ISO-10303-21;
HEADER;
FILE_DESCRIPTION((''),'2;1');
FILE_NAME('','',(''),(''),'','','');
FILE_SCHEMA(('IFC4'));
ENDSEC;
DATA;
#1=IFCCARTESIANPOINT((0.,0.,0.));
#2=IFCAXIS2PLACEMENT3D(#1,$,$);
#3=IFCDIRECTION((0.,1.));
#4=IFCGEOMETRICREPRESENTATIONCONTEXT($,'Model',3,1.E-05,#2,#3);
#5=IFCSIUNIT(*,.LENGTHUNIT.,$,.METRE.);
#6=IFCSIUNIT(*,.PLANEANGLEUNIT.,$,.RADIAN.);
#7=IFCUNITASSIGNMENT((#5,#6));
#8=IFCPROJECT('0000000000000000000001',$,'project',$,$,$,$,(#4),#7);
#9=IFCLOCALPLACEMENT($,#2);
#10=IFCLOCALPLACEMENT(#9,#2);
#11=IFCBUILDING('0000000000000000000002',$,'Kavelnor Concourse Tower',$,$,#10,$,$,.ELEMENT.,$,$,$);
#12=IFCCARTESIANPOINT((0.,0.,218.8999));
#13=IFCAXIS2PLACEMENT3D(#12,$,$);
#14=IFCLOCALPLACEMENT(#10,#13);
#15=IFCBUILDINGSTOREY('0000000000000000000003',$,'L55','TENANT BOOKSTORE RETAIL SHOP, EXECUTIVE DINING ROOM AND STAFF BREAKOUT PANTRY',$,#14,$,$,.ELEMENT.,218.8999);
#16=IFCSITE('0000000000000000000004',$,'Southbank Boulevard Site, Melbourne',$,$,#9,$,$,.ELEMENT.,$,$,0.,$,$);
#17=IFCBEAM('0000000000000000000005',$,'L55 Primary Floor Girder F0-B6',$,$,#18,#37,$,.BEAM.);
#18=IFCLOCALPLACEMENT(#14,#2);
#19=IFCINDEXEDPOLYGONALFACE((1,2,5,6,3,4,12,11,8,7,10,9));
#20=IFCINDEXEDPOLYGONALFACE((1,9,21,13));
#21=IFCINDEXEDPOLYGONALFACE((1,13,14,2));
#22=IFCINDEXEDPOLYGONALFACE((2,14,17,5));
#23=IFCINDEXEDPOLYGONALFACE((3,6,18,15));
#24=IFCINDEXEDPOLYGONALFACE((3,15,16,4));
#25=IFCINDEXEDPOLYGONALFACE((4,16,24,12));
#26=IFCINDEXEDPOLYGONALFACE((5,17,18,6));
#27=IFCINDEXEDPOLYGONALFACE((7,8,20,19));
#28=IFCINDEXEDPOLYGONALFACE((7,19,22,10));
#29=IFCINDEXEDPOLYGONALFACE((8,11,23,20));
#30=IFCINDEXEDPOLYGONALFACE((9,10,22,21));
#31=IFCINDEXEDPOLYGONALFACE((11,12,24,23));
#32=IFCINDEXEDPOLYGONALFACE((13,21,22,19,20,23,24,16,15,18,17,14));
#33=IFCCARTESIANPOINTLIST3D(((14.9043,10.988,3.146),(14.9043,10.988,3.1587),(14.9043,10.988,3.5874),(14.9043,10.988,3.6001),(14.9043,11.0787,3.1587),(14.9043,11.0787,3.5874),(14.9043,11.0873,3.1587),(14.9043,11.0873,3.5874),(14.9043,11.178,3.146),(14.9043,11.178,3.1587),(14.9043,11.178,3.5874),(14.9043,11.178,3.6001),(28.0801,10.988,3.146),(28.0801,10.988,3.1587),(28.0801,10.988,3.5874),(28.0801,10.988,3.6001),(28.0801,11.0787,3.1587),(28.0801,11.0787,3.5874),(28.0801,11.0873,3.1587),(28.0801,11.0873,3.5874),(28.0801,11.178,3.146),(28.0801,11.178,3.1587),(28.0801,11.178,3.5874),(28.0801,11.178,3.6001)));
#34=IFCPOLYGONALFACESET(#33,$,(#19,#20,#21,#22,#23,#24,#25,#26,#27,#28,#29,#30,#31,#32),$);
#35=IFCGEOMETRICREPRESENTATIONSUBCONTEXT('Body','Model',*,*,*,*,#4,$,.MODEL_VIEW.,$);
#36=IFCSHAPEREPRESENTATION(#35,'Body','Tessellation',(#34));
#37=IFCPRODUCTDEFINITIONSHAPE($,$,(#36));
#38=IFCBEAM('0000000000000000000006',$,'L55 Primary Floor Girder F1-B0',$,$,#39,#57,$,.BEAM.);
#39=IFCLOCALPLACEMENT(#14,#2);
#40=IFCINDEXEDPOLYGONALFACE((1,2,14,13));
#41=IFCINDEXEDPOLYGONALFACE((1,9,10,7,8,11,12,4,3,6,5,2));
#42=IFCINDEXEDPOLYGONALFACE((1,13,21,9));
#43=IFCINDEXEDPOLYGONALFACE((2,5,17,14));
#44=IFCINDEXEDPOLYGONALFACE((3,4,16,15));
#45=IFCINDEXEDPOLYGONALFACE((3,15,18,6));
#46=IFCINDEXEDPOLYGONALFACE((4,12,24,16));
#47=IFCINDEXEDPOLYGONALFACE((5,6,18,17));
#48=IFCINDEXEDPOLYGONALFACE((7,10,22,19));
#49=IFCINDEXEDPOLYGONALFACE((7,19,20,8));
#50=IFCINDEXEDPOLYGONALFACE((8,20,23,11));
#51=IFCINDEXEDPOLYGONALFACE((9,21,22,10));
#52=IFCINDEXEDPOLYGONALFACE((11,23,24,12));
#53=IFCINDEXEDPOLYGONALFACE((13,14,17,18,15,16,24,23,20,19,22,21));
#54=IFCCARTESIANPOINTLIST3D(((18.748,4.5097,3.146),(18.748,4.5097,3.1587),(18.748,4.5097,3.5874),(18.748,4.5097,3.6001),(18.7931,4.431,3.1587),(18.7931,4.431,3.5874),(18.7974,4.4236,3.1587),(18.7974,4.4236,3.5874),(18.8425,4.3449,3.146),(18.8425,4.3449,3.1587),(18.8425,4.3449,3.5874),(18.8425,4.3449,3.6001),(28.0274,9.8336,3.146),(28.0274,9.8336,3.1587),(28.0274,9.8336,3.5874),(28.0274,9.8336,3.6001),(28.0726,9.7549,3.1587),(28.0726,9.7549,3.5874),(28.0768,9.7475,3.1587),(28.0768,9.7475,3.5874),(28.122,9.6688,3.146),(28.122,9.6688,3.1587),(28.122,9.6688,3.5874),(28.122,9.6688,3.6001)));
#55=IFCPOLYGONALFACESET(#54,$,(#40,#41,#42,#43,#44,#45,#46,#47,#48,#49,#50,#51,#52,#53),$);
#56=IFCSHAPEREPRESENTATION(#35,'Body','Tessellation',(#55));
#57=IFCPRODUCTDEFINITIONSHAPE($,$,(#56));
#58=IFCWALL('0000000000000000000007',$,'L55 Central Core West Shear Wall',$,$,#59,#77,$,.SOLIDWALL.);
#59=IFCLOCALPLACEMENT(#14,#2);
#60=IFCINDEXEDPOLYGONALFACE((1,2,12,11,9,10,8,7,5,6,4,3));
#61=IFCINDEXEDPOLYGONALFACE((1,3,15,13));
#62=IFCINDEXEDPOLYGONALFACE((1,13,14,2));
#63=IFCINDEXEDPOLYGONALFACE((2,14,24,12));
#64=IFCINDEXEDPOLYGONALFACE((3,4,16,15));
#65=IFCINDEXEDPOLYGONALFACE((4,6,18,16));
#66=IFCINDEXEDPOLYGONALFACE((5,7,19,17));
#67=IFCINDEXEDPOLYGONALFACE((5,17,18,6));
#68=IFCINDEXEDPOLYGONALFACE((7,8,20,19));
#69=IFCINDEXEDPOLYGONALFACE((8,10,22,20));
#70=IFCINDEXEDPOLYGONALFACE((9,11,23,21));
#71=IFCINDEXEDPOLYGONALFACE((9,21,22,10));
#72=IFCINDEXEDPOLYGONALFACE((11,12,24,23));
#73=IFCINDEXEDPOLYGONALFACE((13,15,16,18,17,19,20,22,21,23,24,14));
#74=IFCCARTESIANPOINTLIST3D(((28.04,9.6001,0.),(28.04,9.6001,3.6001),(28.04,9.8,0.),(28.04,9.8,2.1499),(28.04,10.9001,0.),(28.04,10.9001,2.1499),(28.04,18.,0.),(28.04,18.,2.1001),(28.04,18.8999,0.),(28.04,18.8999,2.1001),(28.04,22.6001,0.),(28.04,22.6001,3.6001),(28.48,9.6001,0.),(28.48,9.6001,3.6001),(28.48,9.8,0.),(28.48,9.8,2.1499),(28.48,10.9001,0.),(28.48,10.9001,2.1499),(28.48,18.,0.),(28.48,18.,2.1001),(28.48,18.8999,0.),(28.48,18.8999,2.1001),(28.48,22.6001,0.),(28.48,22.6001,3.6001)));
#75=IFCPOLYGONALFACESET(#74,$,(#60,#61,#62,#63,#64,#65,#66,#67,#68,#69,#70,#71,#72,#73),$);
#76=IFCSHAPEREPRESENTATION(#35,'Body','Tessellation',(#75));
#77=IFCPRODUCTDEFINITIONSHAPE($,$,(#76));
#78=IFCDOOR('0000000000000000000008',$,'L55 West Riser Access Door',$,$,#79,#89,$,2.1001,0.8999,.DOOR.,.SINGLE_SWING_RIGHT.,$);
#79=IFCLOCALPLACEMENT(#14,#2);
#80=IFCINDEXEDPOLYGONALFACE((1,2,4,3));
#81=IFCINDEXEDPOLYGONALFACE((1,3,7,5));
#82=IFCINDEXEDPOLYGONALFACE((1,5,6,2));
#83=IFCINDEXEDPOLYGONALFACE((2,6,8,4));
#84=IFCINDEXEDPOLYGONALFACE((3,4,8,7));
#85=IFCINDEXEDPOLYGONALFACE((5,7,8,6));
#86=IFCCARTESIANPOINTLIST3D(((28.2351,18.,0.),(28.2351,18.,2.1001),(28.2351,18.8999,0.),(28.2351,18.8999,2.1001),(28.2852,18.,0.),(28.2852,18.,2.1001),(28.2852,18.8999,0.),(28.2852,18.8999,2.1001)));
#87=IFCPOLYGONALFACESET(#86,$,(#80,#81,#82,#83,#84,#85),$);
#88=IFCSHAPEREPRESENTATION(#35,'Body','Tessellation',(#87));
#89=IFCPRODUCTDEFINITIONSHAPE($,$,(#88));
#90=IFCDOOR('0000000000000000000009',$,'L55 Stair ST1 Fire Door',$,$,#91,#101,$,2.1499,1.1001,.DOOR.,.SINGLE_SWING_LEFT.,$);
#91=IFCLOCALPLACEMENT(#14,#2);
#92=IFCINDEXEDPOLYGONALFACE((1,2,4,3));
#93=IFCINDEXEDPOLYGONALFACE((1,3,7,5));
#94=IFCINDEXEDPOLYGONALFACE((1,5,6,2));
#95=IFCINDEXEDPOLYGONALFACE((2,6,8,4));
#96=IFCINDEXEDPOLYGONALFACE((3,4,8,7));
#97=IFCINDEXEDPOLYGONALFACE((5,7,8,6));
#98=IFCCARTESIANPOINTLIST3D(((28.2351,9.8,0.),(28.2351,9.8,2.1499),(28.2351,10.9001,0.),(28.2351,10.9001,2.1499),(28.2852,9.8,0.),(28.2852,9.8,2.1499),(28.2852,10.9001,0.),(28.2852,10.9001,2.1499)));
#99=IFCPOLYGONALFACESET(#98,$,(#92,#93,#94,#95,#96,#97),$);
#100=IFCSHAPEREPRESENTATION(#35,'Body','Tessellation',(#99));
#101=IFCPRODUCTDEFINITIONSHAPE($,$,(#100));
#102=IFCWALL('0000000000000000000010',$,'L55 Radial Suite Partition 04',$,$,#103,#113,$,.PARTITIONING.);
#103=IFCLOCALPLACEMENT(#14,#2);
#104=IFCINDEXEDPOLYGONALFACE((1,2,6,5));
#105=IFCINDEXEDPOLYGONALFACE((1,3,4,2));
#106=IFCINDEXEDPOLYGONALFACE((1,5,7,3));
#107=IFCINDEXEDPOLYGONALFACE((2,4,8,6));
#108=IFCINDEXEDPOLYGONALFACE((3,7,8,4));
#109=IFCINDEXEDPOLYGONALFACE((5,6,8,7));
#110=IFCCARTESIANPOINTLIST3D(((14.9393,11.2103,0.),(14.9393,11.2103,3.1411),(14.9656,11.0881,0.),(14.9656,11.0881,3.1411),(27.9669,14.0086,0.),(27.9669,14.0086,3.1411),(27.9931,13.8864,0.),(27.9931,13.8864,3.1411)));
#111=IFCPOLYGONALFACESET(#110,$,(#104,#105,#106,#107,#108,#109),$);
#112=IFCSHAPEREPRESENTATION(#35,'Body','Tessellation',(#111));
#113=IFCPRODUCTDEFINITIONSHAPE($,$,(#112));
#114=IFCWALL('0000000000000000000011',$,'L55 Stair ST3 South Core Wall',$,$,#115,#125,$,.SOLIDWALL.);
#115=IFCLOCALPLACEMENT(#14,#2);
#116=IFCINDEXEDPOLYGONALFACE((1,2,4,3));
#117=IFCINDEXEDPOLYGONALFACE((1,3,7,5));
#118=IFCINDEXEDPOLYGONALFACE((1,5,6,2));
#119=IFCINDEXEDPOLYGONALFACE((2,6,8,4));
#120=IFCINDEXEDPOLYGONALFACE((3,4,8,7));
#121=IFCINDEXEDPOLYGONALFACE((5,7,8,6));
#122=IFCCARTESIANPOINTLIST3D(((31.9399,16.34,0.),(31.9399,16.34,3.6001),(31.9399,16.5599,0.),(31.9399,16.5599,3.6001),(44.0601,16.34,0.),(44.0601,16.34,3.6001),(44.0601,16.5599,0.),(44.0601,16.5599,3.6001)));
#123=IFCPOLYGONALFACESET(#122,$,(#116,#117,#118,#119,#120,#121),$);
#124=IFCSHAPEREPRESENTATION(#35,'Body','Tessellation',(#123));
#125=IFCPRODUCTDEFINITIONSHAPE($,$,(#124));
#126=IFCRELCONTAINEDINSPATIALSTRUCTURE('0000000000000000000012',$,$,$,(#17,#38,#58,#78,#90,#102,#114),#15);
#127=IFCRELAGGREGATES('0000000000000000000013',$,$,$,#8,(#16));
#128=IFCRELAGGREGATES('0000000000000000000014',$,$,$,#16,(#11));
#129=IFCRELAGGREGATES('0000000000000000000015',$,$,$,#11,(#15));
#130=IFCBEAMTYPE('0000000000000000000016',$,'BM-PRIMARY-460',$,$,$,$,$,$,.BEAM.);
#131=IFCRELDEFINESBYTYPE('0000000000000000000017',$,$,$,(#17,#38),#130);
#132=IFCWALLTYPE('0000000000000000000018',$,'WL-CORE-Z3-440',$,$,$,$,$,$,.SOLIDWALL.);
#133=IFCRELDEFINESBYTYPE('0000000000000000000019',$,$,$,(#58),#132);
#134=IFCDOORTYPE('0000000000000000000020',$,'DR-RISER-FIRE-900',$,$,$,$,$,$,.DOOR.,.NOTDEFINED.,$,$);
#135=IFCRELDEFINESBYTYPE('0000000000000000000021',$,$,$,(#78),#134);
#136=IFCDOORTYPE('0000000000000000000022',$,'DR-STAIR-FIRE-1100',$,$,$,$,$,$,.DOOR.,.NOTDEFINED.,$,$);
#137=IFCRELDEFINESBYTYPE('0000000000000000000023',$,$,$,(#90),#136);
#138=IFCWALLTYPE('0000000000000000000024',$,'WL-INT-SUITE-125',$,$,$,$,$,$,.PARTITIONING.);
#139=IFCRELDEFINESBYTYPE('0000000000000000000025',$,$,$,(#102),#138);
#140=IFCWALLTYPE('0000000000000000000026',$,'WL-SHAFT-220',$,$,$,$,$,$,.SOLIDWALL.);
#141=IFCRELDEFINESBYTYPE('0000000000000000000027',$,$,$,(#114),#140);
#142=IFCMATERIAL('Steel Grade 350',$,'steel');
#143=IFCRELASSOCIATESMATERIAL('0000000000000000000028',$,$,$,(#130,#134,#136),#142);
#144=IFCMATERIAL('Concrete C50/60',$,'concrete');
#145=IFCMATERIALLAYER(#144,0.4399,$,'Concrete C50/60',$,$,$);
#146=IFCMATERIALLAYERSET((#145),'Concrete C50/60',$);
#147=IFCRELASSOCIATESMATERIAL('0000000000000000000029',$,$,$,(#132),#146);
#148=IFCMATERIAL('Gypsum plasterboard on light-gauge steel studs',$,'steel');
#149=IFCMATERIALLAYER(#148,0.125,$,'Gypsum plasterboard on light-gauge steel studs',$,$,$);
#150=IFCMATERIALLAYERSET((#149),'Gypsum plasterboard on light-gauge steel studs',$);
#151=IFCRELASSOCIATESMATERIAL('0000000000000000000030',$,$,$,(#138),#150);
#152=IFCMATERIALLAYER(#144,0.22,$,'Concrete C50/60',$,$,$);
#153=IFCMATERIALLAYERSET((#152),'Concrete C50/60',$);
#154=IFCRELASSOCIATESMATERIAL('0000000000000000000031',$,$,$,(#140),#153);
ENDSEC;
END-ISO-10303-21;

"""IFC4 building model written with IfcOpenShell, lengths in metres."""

from ifc_helpers import new_model, si_unit, direction, frame, frame_2d, origin, origin_2d, place, context, subcontext, project, spatial, rectangle, i_section, extrude, material, layer, layer_set, material_profile, profile_set, type_object, element, fill, save


model = new_model("IFC4")

# Units and contexts
model_context = context("Model", 3, precision=1e-05, world=origin(), true_north=direction((0.0, 1.0)))
body_context = subcontext(model_context, "Body", "Model", "MODEL_VIEW")
ifc_project = project(units=[si_unit("LENGTHUNIT", "METRE"), si_unit("PLANEANGLEUNIT", "RADIAN")], contexts=[model_context])

# Site, building, storey
site_placement = place(None, origin())
site = spatial("IfcSite", under=ifc_project, at=site_placement, Name="Southbank Boulevard Site, Melbourne", CompositionType="ELEMENT", RefElevation=0.0)
building_placement = place(site_placement, origin())
building = spatial("IfcBuilding", under=site, at=building_placement, Name="Kavelnor Concourse Tower", CompositionType="ELEMENT")
storey_placement = place(building_placement, frame((0.0, 0.0, 218.8999)))
storey = spatial("IfcBuildingStorey", under=building, at=storey_placement, Name="L55", Description="TENANT BOOKSTORE RETAIL SHOP, EXECUTIVE DINING ROOM AND STAFF BREAKOUT PANTRY", CompositionType="ELEMENT", Elevation=218.8999)

# Beams
ifc_material_1 = material(Name="Steel Grade 350", Category="steel")
ifc_material_profile = material_profile(ifc_material_1, i_section(OverallWidth=0.1899, OverallDepth=0.4541, WebThickness=0.0085, FlangeThickness=0.0127, at=origin_2d()), Name="460UB67")
ifc_profile_set = profile_set([ifc_material_profile], Name="Steel Grade 350")
beam_type = type_object("IfcBeamType", Name="BM-PRIMARY-460", PredefinedType="BEAM", material=ifc_profile_set)
beam_1_placement = place(storey_placement, frame((28.0801, 11.083, 3.373), z_axis=(-1.0, 0.0, 0.0), x_axis=(0.0, -1.0, 0.0)))
element("IfcBeam", 1, at=beam_1_placement, inside=storey, type_object=beam_type, Name="L55 Primary Floor Girder F0-B6", PredefinedType="BEAM", context=body_context, shape_type="SweptSolid", body=[
    extrude(i_section(OverallWidth=0.1899, OverallDepth=0.4541, WebThickness=0.0085, FlangeThickness=0.0127, at=origin_2d()), origin(), (0.0, 0.0, 1.0), 13.1758),
])
beam_2_placement = place(storey_placement, frame((28.0747, 9.7512, 3.373), z_axis=(-0.867381, -0.497645, 0.0), x_axis=(0.497645, -0.867381, 0.0)))
element("IfcBeam", 2, at=beam_2_placement, inside=storey, type_object=beam_type, Name="L55 Primary Floor Girder F1-B0", PredefinedType="BEAM", context=body_context, shape_type="SweptSolid", body=[
    extrude(i_section(OverallWidth=0.1899, OverallDepth=0.4541, WebThickness=0.0085, FlangeThickness=0.0127, at=origin_2d()), origin(), (0.0, 0.0, 1.0), 10.6982),
])

# Wall, openings, doors
ifc_material_2 = material(Name="Concrete C50/60", Category="concrete")
ifc_layer_1 = layer(ifc_material_2, 0.4399, Name="Concrete C50/60")
ifc_layer_set_1 = layer_set([ifc_layer_1], Name="Concrete C50/60")
wall_type_1 = type_object("IfcWallType", Name="WL-CORE-Z3-440", PredefinedType="SOLIDWALL", material=ifc_layer_set_1)
wall_1_placement = place(storey_placement, frame((28.26, 9.6001, 0.0), z_axis=(0.0, 0.0, 1.0), x_axis=(0.0, 1.0, 0.0)))
wall_1 = element("IfcWall", 3, at=wall_1_placement, inside=storey, type_object=wall_type_1, Name="L55 Central Core West Shear Wall", PredefinedType="SOLIDWALL", context=body_context, shape_type="SweptSolid", body=[
    extrude(rectangle(XDim=13.0, YDim=0.4399, at=frame_2d((6.5, 0.0))), origin(), (0.0, 0.0, 1.0), 3.6001),
])
opening_1_placement = place(wall_1_placement, frame((0.2, 0.0, 0.0)))
opening_1 = element("IfcOpeningElement", 4, at=opening_1_placement, cuts=wall_1, PredefinedType="OPENING", context=body_context, shape_type="SweptSolid", body=[
    extrude(rectangle(XDim=1.1001, YDim=2.1499, at=frame_2d((0.55, 1.075))), frame((0.0, 0.23, 0.0), z_axis=(0.0, -1.0, 0.0), x_axis=(1.0, 0.0, 0.0)), (0.0, 0.0, 1.0), 0.46),
])
opening_2_placement = place(wall_1_placement, frame((8.3999, 0.0, 0.0)))
opening_2 = element("IfcOpeningElement", 5, at=opening_2_placement, cuts=wall_1, PredefinedType="OPENING", context=body_context, shape_type="SweptSolid", body=[
    extrude(rectangle(XDim=0.8999, YDim=2.1001, at=frame_2d((0.45, 1.05))), frame((0.0, 0.23, 0.0), z_axis=(0.0, -1.0, 0.0), x_axis=(1.0, 0.0, 0.0)), (0.0, 0.0, 1.0), 0.46),
])
door_type_1 = type_object("IfcDoorType", Name="DR-RISER-FIRE-900", OperationType="NOTDEFINED", PredefinedType="DOOR", material=ifc_material_1)
door_1_placement = place(opening_2_placement, origin())
door_1 = element("IfcDoor", 6, at=door_1_placement, inside=storey, type_object=door_type_1, Name="L55 West Riser Access Door", OperationType="SINGLE_SWING_RIGHT", OverallHeight=2.1001, OverallWidth=0.8999, PredefinedType="DOOR", context=body_context, shape_type="SweptSolid", body=[
    extrude(rectangle(XDim=0.8999, YDim=2.1001, at=frame_2d((0.45, 1.05))), frame((0.0, 0.0249, 0.0), z_axis=(0.0, -1.0, 0.0), x_axis=(1.0, 0.0, 0.0)), (0.0, 0.0, 1.0), 0.05),
])
fill(opening_2, door_1)
door_type_2 = type_object("IfcDoorType", Name="DR-STAIR-FIRE-1100", OperationType="NOTDEFINED", PredefinedType="DOOR", material=ifc_material_1)
door_2_placement = place(opening_1_placement, origin())
door_2 = element("IfcDoor", 7, at=door_2_placement, inside=storey, type_object=door_type_2, Name="L55 Stair ST1 Fire Door", OperationType="SINGLE_SWING_LEFT", OverallHeight=2.1499, OverallWidth=1.1001, PredefinedType="DOOR", context=body_context, shape_type="SweptSolid", body=[
    extrude(rectangle(XDim=1.1001, YDim=2.1499, at=frame_2d((0.55, 1.075))), frame((0.0, 0.0249, 0.0), z_axis=(0.0, -1.0, 0.0), x_axis=(1.0, 0.0, 0.0)), (0.0, 0.0, 1.0), 0.05),
])
fill(opening_1, door_2)

# Walls
ifc_material_3 = material(Name="Gypsum plasterboard on light-gauge steel studs", Category="steel")
ifc_layer_2 = layer(ifc_material_3, 0.125, Name="Gypsum plasterboard on light-gauge steel studs")
ifc_layer_set_2 = layer_set([ifc_layer_2], Name="Gypsum plasterboard on light-gauge steel studs")
wall_type_2 = type_object("IfcWallType", Name="WL-INT-SUITE-125", PredefinedType="PARTITIONING", material=ifc_layer_set_2)
wall_2_placement = place(storey_placement, frame((27.98, 13.9475, 0.0), z_axis=(0.0, 0.0, 1.0), x_axis=(-0.977699, -0.210011, 0.0)))
element("IfcWall", 8, at=wall_2_placement, inside=storey, type_object=wall_type_2, Name="L55 Radial Suite Partition 04", PredefinedType="PARTITIONING", context=body_context, shape_type="SweptSolid", body=[
    extrude(rectangle(XDim=13.3247, YDim=0.125, at=frame_2d((6.6624, 0.0))), origin(), (0.0, 0.0, 1.0), 3.1411),
])
ifc_layer_3 = layer(ifc_material_2, 0.22, Name="Concrete C50/60")
ifc_layer_set_3 = layer_set([ifc_layer_3], Name="Concrete C50/60")
wall_type_3 = type_object("IfcWallType", Name="WL-SHAFT-220", PredefinedType="SOLIDWALL", material=ifc_layer_set_3)
wall_3_placement = place(storey_placement, frame((31.9399, 16.45, 0.0), z_axis=(0.0, 0.0, 1.0), x_axis=(1.0, 0.0, 0.0)))
element("IfcWall", 9, at=wall_3_placement, inside=storey, type_object=wall_type_3, Name="L55 Stair ST3 South Core Wall", PredefinedType="SOLIDWALL", context=body_context, shape_type="SweptSolid", body=[
    extrude(rectangle(XDim=12.1201, YDim=0.22, at=frame_2d((6.0601, 0.0))), origin(), (0.0, 0.0, 1.0), 3.6001),
])

save(model, "model.ifc")
